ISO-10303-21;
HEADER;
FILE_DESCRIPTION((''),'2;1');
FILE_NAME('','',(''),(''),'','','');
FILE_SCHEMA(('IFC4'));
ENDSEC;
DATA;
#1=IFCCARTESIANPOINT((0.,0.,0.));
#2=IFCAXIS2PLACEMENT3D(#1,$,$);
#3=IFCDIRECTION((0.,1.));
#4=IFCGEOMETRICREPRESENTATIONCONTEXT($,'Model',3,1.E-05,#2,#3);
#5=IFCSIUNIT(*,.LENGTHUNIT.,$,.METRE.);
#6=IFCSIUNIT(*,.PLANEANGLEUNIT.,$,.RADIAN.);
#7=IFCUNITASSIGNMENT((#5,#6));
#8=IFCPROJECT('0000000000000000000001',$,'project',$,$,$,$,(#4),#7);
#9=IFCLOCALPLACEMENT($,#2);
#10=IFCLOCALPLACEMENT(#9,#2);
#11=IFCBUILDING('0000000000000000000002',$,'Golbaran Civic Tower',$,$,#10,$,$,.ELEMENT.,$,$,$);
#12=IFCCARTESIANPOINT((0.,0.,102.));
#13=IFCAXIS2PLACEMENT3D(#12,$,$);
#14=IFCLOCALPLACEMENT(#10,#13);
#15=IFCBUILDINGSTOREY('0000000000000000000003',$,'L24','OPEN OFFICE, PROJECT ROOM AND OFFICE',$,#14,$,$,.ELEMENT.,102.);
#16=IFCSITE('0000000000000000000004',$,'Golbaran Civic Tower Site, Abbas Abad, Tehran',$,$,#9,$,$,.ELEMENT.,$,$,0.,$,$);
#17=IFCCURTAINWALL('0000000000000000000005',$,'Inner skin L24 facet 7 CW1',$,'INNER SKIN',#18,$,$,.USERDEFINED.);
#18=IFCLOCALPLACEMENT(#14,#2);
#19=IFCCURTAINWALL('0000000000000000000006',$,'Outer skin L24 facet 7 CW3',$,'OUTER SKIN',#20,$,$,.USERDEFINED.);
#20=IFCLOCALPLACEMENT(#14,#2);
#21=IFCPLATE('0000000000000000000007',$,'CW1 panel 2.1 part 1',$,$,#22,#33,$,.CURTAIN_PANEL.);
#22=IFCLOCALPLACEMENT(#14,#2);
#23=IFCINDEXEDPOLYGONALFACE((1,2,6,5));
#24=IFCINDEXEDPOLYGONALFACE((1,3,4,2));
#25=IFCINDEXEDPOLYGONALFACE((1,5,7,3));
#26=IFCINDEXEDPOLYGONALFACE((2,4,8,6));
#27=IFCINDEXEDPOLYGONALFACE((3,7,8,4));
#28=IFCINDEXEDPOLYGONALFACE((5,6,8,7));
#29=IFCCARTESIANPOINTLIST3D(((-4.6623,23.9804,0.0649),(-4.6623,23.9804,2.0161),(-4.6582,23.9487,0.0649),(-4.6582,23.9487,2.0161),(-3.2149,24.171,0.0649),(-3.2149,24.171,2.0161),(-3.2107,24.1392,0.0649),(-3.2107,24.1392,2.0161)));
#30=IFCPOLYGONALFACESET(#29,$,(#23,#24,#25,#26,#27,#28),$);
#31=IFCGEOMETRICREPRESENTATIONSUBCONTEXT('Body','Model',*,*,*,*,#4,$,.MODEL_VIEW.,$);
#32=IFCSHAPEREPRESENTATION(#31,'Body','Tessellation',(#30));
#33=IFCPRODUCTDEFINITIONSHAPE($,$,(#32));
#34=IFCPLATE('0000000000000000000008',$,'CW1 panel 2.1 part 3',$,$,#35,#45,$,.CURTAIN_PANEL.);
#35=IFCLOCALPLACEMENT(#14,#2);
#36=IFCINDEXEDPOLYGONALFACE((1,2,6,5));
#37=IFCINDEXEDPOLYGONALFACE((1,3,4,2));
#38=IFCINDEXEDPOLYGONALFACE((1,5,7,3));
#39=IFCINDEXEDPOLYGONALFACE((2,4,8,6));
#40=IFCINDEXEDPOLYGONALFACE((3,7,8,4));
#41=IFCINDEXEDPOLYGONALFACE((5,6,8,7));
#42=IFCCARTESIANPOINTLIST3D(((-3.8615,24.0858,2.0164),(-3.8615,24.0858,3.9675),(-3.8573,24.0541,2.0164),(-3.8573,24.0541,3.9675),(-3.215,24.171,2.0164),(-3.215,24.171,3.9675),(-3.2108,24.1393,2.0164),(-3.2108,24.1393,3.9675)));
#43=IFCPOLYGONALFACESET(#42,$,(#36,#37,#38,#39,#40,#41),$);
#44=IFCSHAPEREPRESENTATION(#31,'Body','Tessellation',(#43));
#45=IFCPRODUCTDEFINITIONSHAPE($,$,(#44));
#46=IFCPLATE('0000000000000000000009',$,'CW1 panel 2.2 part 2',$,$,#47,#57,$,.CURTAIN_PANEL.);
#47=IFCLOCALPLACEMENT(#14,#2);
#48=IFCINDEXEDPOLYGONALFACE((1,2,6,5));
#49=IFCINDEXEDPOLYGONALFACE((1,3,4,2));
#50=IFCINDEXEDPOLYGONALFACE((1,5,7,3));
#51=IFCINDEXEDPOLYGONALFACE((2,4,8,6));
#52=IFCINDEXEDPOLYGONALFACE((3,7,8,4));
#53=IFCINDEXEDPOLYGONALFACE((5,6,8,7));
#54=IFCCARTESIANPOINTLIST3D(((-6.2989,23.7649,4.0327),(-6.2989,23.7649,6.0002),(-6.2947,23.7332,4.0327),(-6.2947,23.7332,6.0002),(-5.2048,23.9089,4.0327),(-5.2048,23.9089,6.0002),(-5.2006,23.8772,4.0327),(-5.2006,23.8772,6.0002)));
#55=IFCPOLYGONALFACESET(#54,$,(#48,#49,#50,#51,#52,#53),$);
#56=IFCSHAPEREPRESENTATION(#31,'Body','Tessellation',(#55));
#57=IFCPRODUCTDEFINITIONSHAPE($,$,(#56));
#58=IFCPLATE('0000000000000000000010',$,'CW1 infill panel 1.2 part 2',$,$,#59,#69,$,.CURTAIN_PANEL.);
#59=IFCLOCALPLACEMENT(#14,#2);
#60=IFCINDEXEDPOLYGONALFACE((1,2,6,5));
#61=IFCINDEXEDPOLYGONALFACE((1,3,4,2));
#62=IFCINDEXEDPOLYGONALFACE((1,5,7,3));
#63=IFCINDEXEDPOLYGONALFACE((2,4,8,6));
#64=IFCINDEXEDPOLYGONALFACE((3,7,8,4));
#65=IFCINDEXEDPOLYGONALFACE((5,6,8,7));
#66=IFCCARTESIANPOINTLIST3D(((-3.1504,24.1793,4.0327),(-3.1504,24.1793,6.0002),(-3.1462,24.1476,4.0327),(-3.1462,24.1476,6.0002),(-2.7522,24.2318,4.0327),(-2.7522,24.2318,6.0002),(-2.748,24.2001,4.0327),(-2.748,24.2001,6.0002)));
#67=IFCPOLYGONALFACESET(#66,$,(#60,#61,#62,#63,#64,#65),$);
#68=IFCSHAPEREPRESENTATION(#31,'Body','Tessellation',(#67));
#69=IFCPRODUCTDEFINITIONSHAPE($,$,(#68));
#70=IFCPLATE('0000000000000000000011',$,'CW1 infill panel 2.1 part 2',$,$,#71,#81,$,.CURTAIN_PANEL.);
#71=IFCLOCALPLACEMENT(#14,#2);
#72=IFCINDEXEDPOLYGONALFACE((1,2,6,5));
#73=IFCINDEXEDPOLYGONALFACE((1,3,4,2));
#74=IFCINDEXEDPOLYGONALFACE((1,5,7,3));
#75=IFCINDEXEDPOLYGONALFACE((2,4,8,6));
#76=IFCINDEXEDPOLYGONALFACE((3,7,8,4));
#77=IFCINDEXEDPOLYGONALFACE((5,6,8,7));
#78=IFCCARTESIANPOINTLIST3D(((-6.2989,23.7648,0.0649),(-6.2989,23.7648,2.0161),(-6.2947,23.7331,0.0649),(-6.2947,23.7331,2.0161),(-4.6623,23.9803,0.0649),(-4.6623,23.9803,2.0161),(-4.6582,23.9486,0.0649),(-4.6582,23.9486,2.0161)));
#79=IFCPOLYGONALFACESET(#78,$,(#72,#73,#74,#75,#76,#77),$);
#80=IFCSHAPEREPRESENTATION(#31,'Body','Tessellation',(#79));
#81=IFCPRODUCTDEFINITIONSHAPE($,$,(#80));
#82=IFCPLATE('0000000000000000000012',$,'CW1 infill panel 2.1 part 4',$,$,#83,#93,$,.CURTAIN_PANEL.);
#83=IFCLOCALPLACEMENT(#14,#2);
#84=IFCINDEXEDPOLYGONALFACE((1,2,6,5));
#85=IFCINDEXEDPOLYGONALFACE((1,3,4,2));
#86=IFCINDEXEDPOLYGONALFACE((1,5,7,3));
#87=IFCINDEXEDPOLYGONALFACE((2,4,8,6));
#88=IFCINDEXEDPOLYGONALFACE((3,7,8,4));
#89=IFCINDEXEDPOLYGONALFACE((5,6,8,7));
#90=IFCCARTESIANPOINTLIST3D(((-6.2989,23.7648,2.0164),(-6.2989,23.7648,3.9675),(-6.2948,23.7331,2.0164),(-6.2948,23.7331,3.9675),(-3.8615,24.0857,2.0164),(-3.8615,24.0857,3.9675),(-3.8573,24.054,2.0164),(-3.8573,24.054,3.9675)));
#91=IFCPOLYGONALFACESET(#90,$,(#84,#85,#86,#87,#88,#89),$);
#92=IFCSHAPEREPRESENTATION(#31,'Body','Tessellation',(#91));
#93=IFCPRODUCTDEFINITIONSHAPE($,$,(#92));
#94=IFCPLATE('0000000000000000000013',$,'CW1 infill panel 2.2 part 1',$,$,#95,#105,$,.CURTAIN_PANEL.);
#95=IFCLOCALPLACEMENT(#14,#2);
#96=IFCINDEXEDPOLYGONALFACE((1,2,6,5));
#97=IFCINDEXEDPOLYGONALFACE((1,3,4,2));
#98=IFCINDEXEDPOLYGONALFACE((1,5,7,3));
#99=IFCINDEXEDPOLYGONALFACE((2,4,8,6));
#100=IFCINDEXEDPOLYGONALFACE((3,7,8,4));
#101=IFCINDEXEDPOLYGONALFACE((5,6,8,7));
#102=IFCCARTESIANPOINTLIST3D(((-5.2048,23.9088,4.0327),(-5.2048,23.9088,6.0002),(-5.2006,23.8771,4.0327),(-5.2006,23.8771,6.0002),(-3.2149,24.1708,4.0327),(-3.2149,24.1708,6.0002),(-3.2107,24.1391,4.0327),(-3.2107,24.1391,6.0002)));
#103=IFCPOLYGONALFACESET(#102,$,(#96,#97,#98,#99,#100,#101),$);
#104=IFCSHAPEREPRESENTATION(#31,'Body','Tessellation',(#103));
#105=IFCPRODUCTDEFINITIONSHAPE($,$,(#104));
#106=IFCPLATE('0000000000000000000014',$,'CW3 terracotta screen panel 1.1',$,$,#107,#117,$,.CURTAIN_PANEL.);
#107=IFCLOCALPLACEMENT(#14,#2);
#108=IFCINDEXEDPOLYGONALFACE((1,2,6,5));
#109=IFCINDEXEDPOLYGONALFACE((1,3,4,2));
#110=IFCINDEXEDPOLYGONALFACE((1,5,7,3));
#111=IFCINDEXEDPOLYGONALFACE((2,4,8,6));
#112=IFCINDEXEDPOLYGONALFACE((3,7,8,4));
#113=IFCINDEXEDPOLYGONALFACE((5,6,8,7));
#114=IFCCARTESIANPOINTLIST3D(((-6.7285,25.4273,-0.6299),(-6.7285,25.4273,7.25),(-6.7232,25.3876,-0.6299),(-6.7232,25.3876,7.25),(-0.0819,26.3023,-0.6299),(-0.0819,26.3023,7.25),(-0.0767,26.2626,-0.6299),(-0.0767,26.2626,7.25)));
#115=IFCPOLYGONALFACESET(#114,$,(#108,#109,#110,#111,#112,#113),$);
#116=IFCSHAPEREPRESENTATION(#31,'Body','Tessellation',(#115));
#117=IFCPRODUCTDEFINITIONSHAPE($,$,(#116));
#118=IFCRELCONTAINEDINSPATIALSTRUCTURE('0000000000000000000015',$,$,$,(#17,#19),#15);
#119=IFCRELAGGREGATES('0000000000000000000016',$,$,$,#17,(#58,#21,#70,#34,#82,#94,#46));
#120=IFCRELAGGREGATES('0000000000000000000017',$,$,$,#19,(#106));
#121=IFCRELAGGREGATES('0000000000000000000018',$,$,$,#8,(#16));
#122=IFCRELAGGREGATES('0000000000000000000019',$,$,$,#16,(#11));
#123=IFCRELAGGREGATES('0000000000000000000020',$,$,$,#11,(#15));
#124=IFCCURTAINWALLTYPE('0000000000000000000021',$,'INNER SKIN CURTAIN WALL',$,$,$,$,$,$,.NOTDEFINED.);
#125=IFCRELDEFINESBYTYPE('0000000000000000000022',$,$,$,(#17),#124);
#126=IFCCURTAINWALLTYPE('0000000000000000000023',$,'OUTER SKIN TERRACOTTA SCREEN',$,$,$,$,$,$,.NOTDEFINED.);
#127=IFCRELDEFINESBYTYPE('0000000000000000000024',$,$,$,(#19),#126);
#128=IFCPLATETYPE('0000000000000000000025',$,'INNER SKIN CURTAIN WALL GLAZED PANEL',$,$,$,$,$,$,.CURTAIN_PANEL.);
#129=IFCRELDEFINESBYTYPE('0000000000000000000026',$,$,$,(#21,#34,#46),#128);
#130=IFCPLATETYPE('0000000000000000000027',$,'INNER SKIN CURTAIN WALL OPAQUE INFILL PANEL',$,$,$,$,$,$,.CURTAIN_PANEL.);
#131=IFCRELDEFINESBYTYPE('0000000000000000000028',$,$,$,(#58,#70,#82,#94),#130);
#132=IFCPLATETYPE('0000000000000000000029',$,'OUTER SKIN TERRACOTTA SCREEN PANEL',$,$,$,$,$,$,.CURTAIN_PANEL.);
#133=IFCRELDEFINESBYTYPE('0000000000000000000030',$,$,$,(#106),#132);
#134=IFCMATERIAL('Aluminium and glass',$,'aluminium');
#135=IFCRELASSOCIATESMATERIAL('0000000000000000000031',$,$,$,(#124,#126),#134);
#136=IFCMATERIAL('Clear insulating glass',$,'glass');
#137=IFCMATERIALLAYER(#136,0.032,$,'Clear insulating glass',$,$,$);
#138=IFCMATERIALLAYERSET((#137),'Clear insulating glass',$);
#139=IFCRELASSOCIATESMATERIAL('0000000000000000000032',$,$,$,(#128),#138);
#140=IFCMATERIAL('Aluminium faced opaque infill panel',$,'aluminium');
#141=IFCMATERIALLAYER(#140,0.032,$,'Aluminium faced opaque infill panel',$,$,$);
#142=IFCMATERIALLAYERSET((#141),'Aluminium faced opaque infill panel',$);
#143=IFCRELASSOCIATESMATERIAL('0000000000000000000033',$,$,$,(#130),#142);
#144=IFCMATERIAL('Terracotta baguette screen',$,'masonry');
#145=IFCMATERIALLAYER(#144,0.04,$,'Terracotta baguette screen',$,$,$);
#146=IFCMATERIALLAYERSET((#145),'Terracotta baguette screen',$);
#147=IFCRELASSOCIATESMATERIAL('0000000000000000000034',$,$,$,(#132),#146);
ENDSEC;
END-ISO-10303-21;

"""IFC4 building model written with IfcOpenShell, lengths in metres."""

from ifc_helpers import new_model, si_unit, direction, frame, origin, origin_2d, place, context, subcontext, project, spatial, rectangle, extrude, material, layer, layer_set, type_object, element, aggregate, save


model = new_model("IFC4")

# Units and contexts
model_context = context("Model", 3, precision=1e-05, world=origin(), true_north=direction((0.0, 1.0)))
body_context = subcontext(model_context, "Body", "Model", "MODEL_VIEW")
ifc_project = project(units=[si_unit("LENGTHUNIT", "METRE"), si_unit("PLANEANGLEUNIT", "RADIAN")], contexts=[model_context])

# Site, building, storey
site_placement = place(None, origin())
site = spatial("IfcSite", under=ifc_project, at=site_placement, Name="Golbaran Civic Tower Site, Abbas Abad, Tehran", CompositionType="ELEMENT", RefElevation=0.0)
building_placement = place(site_placement, origin())
building = spatial("IfcBuilding", under=site, at=building_placement, Name="Golbaran Civic Tower", CompositionType="ELEMENT")
storey_placement = place(building_placement, frame((0.0, 0.0, 102.0)))
storey = spatial("IfcBuildingStorey", under=building, at=storey_placement, Name="L24", Description="OPEN OFFICE, PROJECT ROOM AND OFFICE", CompositionType="ELEMENT", Elevation=102.0)

# Curtain wall
ifc_material_1 = material(Name="Aluminium and glass", Category="aluminium")
curtain_wall_type_1 = type_object("IfcCurtainWallType", Name="INNER SKIN CURTAIN WALL", PredefinedType="NOTDEFINED", material=ifc_material_1)
curtain_wall_1_placement = place(storey_placement, origin())
curtain_wall_1 = element("IfcCurtainWall", 1, at=curtain_wall_1_placement, inside=storey, type_object=curtain_wall_type_1, Name="Inner skin L24 facet 7 CW1", ObjectType="INNER SKIN", PredefinedType="USERDEFINED")

# Curtain wall
curtain_wall_type_2 = type_object("IfcCurtainWallType", Name="OUTER SKIN TERRACOTTA SCREEN", PredefinedType="NOTDEFINED", material=ifc_material_1)
curtain_wall_2_placement = place(storey_placement, origin())
curtain_wall_2 = element("IfcCurtainWall", 2, at=curtain_wall_2_placement, inside=storey, type_object=curtain_wall_type_2, Name="Outer skin L24 facet 7 CW3", ObjectType="OUTER SKIN", PredefinedType="USERDEFINED")

# Plates
ifc_material_2 = material(Name="Clear insulating glass", Category="glass")
ifc_layer_1 = layer(ifc_material_2, 0.032, Name="Clear insulating glass")
ifc_layer_set_1 = layer_set([ifc_layer_1], Name="Clear insulating glass")
plate_type_1 = type_object("IfcPlateType", Name="INNER SKIN CURTAIN WALL GLAZED PANEL", PredefinedType="CURTAIN_PANEL", material=ifc_layer_set_1)
plate_1_placement = place(storey_placement, frame((-3.9365, 24.0598, 0.0649), z_axis=(0.0, 0.0, 1.0), x_axis=(-0.991445, -0.130526, 0.0)))
plate_1 = element("IfcPlate", 3, at=plate_1_placement, type_object=plate_type_1, Name="CW1 panel 2.1 part 1", PredefinedType="CURTAIN_PANEL", context=body_context, shape_type="SweptSolid", body=[
    extrude(rectangle(XDim=1.46, YDim=0.032, at=origin_2d()), origin(), (0.0, 0.0, 1.0), 1.9512),
])
plate_2_placement = place(storey_placement, frame((-3.5361, 24.1125, 2.0164), z_axis=(0.0, 0.0, 1.0), x_axis=(-0.991445, -0.130526, 0.0)))
plate_2 = element("IfcPlate", 4, at=plate_2_placement, type_object=plate_type_1, Name="CW1 panel 2.1 part 3", PredefinedType="CURTAIN_PANEL", context=body_context, shape_type="SweptSolid", body=[
    extrude(rectangle(XDim=0.6521, YDim=0.032, at=origin_2d()), origin(), (0.0, 0.0, 1.0), 1.9512),
])
plate_3_placement = place(storey_placement, frame((-5.7498, 23.821, 4.0327), z_axis=(0.0, 0.0, 1.0), x_axis=(-0.991445, -0.130526, 0.0)))
plate_3 = element("IfcPlate", 5, at=plate_3_placement, type_object=plate_type_1, Name="CW1 panel 2.2 part 2", PredefinedType="CURTAIN_PANEL", context=body_context, shape_type="SweptSolid", body=[
    extrude(rectangle(XDim=1.1035, YDim=0.032, at=origin_2d()), origin(), (0.0, 0.0, 1.0), 1.9675),
])
ifc_material_3 = material(Name="Aluminium faced opaque infill panel", Category="aluminium")
ifc_layer_2 = layer(ifc_material_3, 0.032, Name="Aluminium faced opaque infill panel")
ifc_layer_set_2 = layer_set([ifc_layer_2], Name="Aluminium faced opaque infill panel")
plate_type_2 = type_object("IfcPlateType", Name="INNER SKIN CURTAIN WALL OPAQUE INFILL PANEL", PredefinedType="CURTAIN_PANEL", material=ifc_layer_set_2)
plate_4_placement = place(storey_placement, frame((-2.9492, 24.1897, 4.0327), z_axis=(0.0, 0.0, 1.0), x_axis=(-0.991445, -0.130526, 0.0)))
plate_4 = element("IfcPlate", 6, at=plate_4_placement, type_object=plate_type_2, Name="CW1 infill panel 1.2 part 2", PredefinedType="CURTAIN_PANEL", context=body_context, shape_type="SweptSolid", body=[
    extrude(rectangle(XDim=0.4016, YDim=0.032, at=origin_2d()), origin(), (0.0, 0.0, 1.0), 1.9675),
])
plate_5_placement = place(storey_placement, frame((-5.4785, 23.8567, 0.0649), z_axis=(0.0, 0.0, 1.0), x_axis=(-0.991445, -0.130526, 0.0)))
plate_5 = element("IfcPlate", 7, at=plate_5_placement, type_object=plate_type_2, Name="CW1 infill panel 2.1 part 2", PredefinedType="CURTAIN_PANEL", context=body_context, shape_type="SweptSolid", body=[
    extrude(rectangle(XDim=1.6506, YDim=0.032, at=origin_2d()), origin(), (0.0, 0.0, 1.0), 1.9512),
])
plate_6_placement = place(storey_placement, frame((-5.0781, 23.9094, 2.0164), z_axis=(0.0, 0.0, 1.0), x_axis=(-0.991445, -0.130526, 0.0)))
plate_6 = element("IfcPlate", 8, at=plate_6_placement, type_object=plate_type_2, Name="CW1 infill panel 2.1 part 4", PredefinedType="CURTAIN_PANEL", context=body_context, shape_type="SweptSolid", body=[
    extrude(rectangle(XDim=2.4585, YDim=0.032, at=origin_2d()), origin(), (0.0, 0.0, 1.0), 1.9512),
])
plate_7_placement = place(storey_placement, frame((-4.2078, 24.0239, 4.0327), z_axis=(0.0, 0.0, 1.0), x_axis=(-0.991445, -0.130526, 0.0)))
plate_7 = element("IfcPlate", 9, at=plate_7_placement, type_object=plate_type_2, Name="CW1 infill panel 2.2 part 1", PredefinedType="CURTAIN_PANEL", context=body_context, shape_type="SweptSolid", body=[
    extrude(rectangle(XDim=2.0071, YDim=0.032, at=origin_2d()), origin(), (0.0, 0.0, 1.0), 1.9675),
])
aggregate(curtain_wall_1, [plate_4, plate_1, plate_5, plate_2, plate_6, plate_7, plate_3])
ifc_material_4 = material(Name="Terracotta baguette screen", Category="masonry")
ifc_layer_3 = layer(ifc_material_4, 0.04, Name="Terracotta baguette screen")
ifc_layer_set_3 = layer_set([ifc_layer_3], Name="Terracotta baguette screen")
plate_type_3 = type_object("IfcPlateType", Name="OUTER SKIN TERRACOTTA SCREEN PANEL", PredefinedType="CURTAIN_PANEL", material=ifc_layer_set_3)
plate_8_placement = place(storey_placement, frame((-3.4026, 25.845, -0.6299), z_axis=(0.0, 0.0, 1.0), x_axis=(-0.991445, -0.130526, 0.0)))
plate_8 = element("IfcPlate", 10, at=plate_8_placement, type_object=plate_type_3, Name="CW3 terracotta screen panel 1.1", PredefinedType="CURTAIN_PANEL", context=body_context, shape_type="SweptSolid", body=[
    extrude(rectangle(XDim=6.7039, YDim=0.04, at=origin_2d()), origin(), (0.0, 0.0, 1.0), 7.8799),
])
aggregate(curtain_wall_2, [plate_8])

save(model, "model.ifc")
